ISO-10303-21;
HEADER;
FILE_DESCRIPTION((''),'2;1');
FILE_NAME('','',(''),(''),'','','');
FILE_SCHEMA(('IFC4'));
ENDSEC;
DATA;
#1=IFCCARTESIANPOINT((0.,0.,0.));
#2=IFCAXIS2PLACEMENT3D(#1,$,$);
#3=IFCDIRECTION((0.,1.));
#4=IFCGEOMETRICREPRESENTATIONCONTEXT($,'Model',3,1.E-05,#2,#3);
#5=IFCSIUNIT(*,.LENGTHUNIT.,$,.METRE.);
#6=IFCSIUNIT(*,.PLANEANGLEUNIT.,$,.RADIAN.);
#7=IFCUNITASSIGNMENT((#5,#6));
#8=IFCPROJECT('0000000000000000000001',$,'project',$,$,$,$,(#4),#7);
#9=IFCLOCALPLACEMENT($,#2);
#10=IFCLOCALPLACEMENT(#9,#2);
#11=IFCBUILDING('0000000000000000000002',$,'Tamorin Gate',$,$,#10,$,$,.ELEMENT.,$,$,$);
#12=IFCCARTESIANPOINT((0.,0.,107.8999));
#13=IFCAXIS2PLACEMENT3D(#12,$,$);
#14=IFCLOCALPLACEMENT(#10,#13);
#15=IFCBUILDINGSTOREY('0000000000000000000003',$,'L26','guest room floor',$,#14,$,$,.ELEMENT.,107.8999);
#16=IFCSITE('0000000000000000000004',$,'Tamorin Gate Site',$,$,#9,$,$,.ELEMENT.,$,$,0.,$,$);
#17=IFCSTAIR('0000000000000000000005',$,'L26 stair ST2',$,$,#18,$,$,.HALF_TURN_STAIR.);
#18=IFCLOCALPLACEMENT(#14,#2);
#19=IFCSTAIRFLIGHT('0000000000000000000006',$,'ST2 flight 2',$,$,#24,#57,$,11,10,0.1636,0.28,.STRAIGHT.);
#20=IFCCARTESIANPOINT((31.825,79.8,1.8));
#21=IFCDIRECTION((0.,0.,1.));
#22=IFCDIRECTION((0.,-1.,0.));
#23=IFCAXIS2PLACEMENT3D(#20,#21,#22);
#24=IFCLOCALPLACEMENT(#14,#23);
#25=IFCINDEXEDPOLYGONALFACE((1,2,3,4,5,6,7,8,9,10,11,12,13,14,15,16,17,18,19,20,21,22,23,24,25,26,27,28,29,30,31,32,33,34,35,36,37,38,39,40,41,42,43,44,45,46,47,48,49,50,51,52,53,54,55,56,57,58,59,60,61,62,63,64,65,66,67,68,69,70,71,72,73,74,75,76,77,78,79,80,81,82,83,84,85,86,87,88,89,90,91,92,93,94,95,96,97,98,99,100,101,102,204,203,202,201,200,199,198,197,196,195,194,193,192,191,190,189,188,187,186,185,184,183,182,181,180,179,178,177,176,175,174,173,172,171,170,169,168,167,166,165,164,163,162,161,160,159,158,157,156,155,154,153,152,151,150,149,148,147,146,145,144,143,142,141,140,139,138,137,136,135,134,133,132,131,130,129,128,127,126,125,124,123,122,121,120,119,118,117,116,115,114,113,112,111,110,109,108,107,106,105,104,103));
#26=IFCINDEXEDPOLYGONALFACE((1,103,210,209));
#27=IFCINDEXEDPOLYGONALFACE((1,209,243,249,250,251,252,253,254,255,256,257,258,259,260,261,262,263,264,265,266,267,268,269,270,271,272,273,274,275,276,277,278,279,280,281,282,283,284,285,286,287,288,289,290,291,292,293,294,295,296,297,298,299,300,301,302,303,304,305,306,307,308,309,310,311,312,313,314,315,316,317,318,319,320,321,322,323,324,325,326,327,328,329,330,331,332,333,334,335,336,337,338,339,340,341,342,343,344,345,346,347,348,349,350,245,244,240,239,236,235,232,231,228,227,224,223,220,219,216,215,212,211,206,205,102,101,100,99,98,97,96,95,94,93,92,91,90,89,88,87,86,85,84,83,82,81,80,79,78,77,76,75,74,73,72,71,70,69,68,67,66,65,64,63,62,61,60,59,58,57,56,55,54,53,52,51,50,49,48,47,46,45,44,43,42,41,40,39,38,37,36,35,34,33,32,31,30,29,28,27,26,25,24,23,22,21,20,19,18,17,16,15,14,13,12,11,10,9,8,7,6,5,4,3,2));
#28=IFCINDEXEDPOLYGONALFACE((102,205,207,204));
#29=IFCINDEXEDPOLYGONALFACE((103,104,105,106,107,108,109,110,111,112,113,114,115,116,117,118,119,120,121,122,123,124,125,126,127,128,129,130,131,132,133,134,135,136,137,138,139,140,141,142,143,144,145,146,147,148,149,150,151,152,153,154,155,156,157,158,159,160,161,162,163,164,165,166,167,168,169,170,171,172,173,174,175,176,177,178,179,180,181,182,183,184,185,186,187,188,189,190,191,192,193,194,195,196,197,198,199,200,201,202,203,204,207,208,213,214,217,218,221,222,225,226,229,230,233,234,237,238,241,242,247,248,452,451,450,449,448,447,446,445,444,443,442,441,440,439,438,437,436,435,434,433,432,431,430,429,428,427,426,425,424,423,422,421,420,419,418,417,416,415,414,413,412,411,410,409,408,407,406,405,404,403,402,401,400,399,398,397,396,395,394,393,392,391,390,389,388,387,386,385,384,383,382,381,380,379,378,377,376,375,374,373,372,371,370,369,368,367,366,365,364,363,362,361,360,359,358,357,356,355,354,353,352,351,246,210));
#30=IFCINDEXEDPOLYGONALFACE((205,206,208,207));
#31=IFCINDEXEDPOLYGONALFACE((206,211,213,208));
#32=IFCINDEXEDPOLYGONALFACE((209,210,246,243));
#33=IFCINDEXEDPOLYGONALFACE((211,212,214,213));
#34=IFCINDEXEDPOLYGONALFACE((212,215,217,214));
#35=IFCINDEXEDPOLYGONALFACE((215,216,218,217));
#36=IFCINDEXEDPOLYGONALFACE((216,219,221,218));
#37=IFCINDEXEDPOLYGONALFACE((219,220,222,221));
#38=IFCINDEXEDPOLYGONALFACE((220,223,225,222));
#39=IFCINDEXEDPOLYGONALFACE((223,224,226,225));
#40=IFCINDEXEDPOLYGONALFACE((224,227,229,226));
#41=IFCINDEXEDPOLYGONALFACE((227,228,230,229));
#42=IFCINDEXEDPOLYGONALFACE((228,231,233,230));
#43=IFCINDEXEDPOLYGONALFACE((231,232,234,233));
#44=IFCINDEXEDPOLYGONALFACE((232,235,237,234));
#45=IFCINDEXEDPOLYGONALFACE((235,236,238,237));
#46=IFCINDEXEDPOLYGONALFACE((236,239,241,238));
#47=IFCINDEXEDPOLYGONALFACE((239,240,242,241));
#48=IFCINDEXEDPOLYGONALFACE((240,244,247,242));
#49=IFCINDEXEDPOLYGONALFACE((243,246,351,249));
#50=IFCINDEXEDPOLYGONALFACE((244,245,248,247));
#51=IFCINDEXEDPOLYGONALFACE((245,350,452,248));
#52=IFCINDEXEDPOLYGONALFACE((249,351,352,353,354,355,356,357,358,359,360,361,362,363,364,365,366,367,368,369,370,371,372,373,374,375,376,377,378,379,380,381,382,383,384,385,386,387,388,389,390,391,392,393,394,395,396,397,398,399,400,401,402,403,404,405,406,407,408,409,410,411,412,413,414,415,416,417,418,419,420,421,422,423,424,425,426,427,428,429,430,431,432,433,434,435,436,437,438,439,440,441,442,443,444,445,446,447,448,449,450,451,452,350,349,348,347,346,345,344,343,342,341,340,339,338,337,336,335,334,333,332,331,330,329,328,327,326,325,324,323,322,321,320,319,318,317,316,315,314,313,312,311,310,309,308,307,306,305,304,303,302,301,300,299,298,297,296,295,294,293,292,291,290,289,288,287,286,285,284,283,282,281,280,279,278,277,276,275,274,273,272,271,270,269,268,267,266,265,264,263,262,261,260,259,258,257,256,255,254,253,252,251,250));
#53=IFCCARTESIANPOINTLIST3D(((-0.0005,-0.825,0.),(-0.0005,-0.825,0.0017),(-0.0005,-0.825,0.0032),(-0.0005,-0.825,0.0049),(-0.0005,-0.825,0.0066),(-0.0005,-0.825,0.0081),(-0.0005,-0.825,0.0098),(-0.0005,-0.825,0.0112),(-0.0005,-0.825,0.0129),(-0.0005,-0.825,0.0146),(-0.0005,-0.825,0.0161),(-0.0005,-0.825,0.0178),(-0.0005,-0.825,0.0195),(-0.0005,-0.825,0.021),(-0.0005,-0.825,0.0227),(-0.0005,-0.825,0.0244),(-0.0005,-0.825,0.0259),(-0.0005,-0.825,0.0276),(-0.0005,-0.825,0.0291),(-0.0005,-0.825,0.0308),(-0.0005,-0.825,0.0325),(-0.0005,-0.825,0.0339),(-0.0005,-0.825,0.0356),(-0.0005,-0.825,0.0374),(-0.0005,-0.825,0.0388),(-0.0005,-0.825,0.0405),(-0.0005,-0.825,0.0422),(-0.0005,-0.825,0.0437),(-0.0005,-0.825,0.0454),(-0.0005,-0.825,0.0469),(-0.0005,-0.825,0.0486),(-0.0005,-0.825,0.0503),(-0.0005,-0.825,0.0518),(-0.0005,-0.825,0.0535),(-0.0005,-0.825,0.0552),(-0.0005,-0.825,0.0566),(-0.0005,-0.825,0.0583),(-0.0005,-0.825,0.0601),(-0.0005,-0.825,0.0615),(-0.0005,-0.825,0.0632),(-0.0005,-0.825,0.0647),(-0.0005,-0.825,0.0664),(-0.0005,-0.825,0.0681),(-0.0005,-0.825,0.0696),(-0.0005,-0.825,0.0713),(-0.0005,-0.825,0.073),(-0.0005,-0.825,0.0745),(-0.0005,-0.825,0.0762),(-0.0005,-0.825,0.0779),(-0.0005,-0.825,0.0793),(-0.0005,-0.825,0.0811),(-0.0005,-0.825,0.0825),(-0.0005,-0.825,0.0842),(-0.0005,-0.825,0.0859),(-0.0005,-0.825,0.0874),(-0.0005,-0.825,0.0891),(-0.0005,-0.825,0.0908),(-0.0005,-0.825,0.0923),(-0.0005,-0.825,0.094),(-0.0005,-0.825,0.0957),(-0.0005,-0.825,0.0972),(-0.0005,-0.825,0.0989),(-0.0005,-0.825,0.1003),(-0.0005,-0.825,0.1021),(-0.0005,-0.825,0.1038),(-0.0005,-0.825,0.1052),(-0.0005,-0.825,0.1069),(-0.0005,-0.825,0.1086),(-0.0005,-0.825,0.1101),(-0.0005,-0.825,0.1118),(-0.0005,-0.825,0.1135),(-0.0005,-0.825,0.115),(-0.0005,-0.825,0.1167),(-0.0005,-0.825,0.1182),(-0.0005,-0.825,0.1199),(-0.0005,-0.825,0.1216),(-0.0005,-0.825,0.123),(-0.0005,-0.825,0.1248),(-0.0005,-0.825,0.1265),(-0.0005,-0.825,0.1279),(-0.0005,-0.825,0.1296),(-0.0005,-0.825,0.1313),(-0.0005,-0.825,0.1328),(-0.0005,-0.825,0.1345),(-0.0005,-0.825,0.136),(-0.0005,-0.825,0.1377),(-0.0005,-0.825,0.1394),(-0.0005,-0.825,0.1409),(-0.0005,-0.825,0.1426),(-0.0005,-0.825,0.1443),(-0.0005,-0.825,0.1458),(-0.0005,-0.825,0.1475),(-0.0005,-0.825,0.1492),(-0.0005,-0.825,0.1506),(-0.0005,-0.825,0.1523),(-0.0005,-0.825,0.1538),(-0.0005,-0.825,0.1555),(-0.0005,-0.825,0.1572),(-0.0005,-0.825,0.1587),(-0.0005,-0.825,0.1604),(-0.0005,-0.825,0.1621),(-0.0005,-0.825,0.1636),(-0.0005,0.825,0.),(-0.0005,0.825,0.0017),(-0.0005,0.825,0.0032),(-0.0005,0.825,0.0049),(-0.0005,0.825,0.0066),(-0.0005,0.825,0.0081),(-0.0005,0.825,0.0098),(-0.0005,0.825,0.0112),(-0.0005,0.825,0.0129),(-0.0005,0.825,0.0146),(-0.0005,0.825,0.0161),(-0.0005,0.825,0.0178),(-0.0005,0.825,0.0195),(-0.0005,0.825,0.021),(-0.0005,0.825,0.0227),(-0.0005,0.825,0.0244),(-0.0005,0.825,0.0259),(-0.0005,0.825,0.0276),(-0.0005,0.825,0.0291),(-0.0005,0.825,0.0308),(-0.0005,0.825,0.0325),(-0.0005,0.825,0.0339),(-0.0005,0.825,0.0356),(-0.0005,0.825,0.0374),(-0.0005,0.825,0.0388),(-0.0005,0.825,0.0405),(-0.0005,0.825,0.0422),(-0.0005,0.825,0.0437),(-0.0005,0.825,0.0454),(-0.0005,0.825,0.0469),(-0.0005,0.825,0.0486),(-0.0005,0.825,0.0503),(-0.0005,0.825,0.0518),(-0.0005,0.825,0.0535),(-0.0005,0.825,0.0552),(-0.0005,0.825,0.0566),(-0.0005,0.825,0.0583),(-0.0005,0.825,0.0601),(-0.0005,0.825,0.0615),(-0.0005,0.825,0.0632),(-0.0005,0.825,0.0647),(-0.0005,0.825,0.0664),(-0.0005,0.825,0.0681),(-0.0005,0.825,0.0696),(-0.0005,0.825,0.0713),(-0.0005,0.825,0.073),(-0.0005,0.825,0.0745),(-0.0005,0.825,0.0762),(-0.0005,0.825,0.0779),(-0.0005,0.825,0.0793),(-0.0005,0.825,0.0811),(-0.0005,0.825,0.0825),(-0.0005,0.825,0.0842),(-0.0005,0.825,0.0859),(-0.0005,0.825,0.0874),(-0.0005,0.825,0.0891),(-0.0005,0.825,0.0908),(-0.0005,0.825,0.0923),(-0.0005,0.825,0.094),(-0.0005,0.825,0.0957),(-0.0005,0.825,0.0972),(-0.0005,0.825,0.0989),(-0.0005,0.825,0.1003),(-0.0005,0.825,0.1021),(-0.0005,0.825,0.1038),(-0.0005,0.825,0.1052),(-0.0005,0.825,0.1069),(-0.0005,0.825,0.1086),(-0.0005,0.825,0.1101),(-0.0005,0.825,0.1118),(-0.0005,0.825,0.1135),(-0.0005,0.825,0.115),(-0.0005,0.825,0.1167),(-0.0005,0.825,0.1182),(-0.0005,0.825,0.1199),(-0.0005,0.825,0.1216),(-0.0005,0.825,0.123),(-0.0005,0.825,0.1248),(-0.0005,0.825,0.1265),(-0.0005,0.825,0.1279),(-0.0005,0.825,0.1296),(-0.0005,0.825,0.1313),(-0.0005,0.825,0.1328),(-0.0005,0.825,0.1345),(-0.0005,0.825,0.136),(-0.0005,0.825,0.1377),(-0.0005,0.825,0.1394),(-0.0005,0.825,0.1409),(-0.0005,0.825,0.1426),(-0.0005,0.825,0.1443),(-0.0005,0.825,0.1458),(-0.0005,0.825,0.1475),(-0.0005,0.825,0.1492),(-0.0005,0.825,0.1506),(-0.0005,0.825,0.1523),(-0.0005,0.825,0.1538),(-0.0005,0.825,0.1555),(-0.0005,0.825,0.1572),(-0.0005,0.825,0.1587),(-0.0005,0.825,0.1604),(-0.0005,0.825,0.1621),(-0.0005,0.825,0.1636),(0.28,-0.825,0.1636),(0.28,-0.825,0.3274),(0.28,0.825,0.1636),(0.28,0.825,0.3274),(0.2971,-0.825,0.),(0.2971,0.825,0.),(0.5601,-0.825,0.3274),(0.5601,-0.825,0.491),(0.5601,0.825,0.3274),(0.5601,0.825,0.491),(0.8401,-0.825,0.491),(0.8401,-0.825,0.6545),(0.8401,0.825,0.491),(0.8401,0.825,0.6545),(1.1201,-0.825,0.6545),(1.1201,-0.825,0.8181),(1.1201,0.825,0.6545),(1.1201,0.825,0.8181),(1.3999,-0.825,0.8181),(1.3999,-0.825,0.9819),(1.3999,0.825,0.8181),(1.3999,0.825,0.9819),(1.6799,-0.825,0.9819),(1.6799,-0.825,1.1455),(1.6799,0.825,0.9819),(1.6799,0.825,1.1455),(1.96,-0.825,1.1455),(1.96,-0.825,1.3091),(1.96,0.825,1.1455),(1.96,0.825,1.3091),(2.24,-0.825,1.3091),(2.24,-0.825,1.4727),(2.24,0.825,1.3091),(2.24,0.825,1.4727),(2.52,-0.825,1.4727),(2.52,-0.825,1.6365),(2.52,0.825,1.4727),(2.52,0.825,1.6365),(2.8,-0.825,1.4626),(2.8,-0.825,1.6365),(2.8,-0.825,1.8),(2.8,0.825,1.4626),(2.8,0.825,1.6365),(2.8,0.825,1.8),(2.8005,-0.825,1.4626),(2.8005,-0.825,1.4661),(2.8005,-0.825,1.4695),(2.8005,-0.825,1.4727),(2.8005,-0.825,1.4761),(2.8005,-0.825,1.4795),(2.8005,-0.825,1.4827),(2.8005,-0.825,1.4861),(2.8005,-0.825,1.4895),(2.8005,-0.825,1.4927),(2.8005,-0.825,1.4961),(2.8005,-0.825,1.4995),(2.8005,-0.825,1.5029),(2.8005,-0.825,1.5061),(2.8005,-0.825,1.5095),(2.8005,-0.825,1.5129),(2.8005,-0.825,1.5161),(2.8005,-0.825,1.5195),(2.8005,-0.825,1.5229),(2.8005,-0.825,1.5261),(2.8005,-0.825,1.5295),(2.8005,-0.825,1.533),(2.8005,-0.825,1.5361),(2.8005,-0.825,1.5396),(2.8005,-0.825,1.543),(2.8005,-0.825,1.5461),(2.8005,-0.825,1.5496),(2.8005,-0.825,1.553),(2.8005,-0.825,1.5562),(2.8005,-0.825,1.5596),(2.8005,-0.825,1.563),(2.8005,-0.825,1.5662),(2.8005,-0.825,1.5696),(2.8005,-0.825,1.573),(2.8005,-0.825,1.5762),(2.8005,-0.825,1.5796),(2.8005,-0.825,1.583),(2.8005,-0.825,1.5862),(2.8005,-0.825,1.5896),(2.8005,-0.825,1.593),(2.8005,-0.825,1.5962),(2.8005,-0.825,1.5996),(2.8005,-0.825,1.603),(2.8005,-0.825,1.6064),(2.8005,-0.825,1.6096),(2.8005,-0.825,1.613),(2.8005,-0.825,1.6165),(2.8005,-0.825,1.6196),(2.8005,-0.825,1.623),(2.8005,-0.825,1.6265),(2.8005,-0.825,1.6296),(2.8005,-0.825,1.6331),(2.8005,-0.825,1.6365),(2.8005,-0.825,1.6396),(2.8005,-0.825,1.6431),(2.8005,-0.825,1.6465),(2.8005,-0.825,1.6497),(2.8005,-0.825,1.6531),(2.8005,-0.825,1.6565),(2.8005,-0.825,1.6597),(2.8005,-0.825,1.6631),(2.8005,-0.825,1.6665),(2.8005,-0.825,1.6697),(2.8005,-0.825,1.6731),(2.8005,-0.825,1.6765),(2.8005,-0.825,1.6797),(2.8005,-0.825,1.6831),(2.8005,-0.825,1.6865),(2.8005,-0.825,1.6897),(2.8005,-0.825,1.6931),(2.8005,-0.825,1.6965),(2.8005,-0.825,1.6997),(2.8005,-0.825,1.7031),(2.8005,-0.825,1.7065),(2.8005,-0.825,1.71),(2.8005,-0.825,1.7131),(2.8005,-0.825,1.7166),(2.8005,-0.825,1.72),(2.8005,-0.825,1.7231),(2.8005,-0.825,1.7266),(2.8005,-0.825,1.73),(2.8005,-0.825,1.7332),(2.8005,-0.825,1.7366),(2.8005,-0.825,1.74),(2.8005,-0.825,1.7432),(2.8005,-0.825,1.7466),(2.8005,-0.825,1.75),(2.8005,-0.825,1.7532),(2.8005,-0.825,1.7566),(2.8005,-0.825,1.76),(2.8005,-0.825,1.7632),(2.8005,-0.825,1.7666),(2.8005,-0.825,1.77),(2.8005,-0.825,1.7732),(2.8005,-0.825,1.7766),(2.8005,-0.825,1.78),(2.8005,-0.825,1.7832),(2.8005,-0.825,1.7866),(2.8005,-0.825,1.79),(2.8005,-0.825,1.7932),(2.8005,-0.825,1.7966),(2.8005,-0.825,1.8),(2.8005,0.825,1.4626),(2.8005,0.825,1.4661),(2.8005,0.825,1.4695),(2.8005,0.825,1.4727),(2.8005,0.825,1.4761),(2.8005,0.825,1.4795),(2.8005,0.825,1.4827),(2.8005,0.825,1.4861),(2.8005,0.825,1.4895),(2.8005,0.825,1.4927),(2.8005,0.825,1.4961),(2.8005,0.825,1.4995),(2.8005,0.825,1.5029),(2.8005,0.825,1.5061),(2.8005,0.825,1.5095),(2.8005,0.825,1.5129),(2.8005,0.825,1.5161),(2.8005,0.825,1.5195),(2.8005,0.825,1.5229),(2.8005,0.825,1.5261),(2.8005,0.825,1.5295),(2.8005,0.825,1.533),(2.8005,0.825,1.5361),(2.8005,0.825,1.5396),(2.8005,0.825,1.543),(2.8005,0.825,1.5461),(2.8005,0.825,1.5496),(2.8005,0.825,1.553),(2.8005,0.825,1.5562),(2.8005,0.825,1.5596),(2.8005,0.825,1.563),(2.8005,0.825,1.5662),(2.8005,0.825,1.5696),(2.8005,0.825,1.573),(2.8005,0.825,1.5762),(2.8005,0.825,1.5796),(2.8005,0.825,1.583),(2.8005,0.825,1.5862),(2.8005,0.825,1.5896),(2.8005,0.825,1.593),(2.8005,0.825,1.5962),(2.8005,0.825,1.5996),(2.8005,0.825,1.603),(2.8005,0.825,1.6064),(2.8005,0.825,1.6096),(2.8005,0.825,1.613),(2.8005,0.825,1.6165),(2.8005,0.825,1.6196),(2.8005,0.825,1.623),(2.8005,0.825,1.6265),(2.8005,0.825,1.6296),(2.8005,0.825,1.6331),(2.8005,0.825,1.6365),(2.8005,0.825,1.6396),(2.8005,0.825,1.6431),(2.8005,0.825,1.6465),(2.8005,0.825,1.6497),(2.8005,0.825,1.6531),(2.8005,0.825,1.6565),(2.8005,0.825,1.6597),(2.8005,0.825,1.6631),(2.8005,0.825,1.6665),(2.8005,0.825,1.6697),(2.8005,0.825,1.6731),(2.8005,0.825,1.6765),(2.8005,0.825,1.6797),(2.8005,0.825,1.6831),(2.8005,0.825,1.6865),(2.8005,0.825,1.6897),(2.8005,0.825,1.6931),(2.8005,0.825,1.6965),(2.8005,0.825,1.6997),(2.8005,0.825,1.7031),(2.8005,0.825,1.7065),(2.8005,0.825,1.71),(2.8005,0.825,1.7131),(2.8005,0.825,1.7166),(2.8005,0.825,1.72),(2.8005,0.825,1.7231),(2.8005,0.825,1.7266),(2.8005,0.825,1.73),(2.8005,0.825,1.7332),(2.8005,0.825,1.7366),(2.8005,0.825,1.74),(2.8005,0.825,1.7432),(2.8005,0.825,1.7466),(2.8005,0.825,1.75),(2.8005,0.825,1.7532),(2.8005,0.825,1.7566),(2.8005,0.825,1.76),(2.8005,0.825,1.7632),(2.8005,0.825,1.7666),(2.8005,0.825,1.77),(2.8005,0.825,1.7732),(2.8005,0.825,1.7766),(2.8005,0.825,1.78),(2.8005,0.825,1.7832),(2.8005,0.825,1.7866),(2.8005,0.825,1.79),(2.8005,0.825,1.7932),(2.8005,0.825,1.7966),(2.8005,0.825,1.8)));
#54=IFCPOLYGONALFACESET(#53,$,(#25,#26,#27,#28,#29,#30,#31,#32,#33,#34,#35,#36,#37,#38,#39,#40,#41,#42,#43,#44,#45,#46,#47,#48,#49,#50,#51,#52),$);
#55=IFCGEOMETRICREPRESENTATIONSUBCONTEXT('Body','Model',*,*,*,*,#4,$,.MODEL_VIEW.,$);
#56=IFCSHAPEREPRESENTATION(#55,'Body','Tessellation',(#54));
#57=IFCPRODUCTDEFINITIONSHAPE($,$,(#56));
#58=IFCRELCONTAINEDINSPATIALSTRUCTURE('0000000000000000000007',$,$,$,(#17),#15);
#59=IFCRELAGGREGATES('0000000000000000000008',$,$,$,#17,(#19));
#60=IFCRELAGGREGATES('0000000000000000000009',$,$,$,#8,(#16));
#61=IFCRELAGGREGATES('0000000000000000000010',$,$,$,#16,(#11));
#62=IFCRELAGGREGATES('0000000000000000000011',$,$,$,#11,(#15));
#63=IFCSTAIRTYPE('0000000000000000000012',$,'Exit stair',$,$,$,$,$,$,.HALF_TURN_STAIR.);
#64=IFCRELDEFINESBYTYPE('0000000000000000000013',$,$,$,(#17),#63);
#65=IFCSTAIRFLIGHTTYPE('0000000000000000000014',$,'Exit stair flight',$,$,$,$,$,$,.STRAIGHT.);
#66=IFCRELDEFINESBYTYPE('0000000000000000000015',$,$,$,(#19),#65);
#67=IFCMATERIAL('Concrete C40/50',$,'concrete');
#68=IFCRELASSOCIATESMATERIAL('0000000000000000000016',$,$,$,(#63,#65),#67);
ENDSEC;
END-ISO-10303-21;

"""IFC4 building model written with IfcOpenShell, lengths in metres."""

from ifc_helpers import new_model, si_unit, direction, frame, origin, place, context, subcontext, project, spatial, polyline, outline, extrude, material, type_object, element, aggregate, save


model = new_model("IFC4")

# Units and contexts
model_context = context("Model", 3, precision=1e-05, world=origin(), true_north=direction((0.0, 1.0)))
body_context = subcontext(model_context, "Body", "Model", "MODEL_VIEW")
ifc_project = project(units=[si_unit("LENGTHUNIT", "METRE"), si_unit("PLANEANGLEUNIT", "RADIAN")], contexts=[model_context])

# Site, building, storey
site_placement = place(None, origin())
site = spatial("IfcSite", under=ifc_project, at=site_placement, Name="Tamorin Gate Site", CompositionType="ELEMENT", RefElevation=0.0)
building_placement = place(site_placement, origin())
building = spatial("IfcBuilding", under=site, at=building_placement, Name="Tamorin Gate", CompositionType="ELEMENT")
storey_placement = place(building_placement, frame((0.0, 0.0, 107.8999)))
storey = spatial("IfcBuildingStorey", under=building, at=storey_placement, Name="L26", Description="guest room floor", CompositionType="ELEMENT", Elevation=107.8999)

# Shared definitions
ifc_material_1 = material(Name="Concrete C40/50", Category="concrete")

# Stair, stair flight
stair_type = type_object("IfcStairType", Name="Exit stair", PredefinedType="HALF_TURN_STAIR", material=ifc_material_1)
stair_placement = place(storey_placement, origin())
stair = element("IfcStair", 1, at=stair_placement, inside=storey, type_object=stair_type, Name="L26 stair ST2", PredefinedType="HALF_TURN_STAIR")
stair_flight_type = type_object("IfcStairFlightType", Name="Exit stair flight", PredefinedType="STRAIGHT", material=ifc_material_1)
stair_flight_1_placement = place(storey_placement, frame((31.825, 79.8, 1.8), z_axis=(0.0, 0.0, 1.0), x_axis=(0.0, -1.0, 0.0)))
stair_flight_1 = element("IfcStairFlight", 2, at=stair_flight_1_placement, type_object=stair_flight_type, Name="ST2 flight 2", NumberOfRisers=11, NumberOfTreads=10, PredefinedType="STRAIGHT", RiserHeight=0.1636, TreadLength=0.28, context=body_context, shape_type="SweptSolid", body=[
    extrude(outline(polyline([(-0.0005, 0.0), (-0.0005, 0.0017), (-0.0005, 0.0032), (-0.0005, 0.0049), (-0.0005, 0.0066), (-0.0005, 0.0081), (-0.0005, 0.0098), (-0.0005, 0.0112), (-0.0005, 0.0129), (-0.0005, 0.0146), (-0.0005, 0.0161), (-0.0005, 0.0178), (-0.0005, 0.0195), (-0.0005, 0.021), (-0.0005, 0.0227), (-0.0005, 0.0244), (-0.0005, 0.0259), (-0.0005, 0.0276), (-0.0005, 0.0291), (-0.0005, 0.0308), (-0.0005, 0.0325), (-0.0005, 0.0339), (-0.0005, 0.0356), (-0.0005, 0.0374), (-0.0005, 0.0388), (-0.0005, 0.0405), (-0.0005, 0.0422), (-0.0005, 0.0437), (-0.0005, 0.0454), (-0.0005, 0.0469), (-0.0005, 0.0486), (-0.0005, 0.0503), (-0.0005, 0.0518), (-0.0005, 0.0535), (-0.0005, 0.0552), (-0.0005, 0.0566), (-0.0005, 0.0583), (-0.0005, 0.0601), (-0.0005, 0.0615), (-0.0005, 0.0632), (-0.0005, 0.0647), (-0.0005, 0.0664), (-0.0005, 0.0681), (-0.0005, 0.0696), (-0.0005, 0.0713), (-0.0005, 0.073), (-0.0005, 0.0745), (-0.0005, 0.0762), (-0.0005, 0.0779), (-0.0005, 0.0793), (-0.0005, 0.0811), (-0.0005, 0.0825), (-0.0005, 0.0842), (-0.0005, 0.0859), (-0.0005, 0.0874), (-0.0005, 0.0891), (-0.0005, 0.0908), (-0.0005, 0.0923), (-0.0005, 0.094), (-0.0005, 0.0957), (-0.0005, 0.0972), (-0.0005, 0.0989), (-0.0005, 0.1003), (-0.0005, 0.1021), (-0.0005, 0.1038), (-0.0005, 0.1052), (-0.0005, 0.1069), (-0.0005, 0.1086), (-0.0005, 0.1101), (-0.0005, 0.1118), (-0.0005, 0.1135), (-0.0005, 0.115), (-0.0005, 0.1167), (-0.0005, 0.1182), (-0.0005, 0.1199), (-0.0005, 0.1216), (-0.0005, 0.123), (-0.0005, 0.1248), (-0.0005, 0.1265), (-0.0005, 0.1279), (-0.0005, 0.1296), (-0.0005, 0.1313), (-0.0005, 0.1328), (-0.0005, 0.1345), (-0.0005, 0.136), (-0.0005, 0.1377), (-0.0005, 0.1394), (-0.0005, 0.1409), (-0.0005, 0.1426), (-0.0005, 0.1443), (-0.0005, 0.1458), (-0.0005, 0.1475), (-0.0005, 0.1492), (-0.0005, 0.1506), (-0.0005, 0.1523), (-0.0005, 0.1538), (-0.0005, 0.1555), (-0.0005, 0.1572), (-0.0005, 0.1587), (-0.0005, 0.1604), (-0.0005, 0.1621), (-0.0005, 0.1636), (0.28, 0.1636), (0.28, 0.3274), (0.5601, 0.3274), (0.5601, 0.491), (0.8401, 0.491), (0.8401, 0.6545), (1.1201, 0.6545), (1.1201, 0.8181), (1.3999, 0.8181), (1.3999, 0.9819), (1.6799, 0.9819), (1.6799, 1.1455), (1.96, 1.1455), (1.96, 1.3091), (2.24, 1.3091), (2.24, 1.4727), (2.52, 1.4727), (2.52, 1.6365), (2.8, 1.6365), (2.8, 1.8), (2.8005, 1.8), (2.8005, 1.7966), (2.8005, 1.7932), (2.8005, 1.79), (2.8005, 1.7866), (2.8005, 1.7832), (2.8005, 1.78), (2.8005, 1.7766), (2.8005, 1.7732), (2.8005, 1.77), (2.8005, 1.7666), (2.8005, 1.7632), (2.8005, 1.76), (2.8005, 1.7566), (2.8005, 1.7532), (2.8005, 1.75), (2.8005, 1.7466), (2.8005, 1.7432), (2.8005, 1.74), (2.8005, 1.7366), (2.8005, 1.7332), (2.8005, 1.73), (2.8005, 1.7266), (2.8005, 1.7231), (2.8005, 1.72), (2.8005, 1.7166), (2.8005, 1.7131), (2.8005, 1.71), (2.8005, 1.7065), (2.8005, 1.7031), (2.8005, 1.6997), (2.8005, 1.6965), (2.8005, 1.6931), (2.8005, 1.6897), (2.8005, 1.6865), (2.8005, 1.6831), (2.8005, 1.6797), (2.8005, 1.6765), (2.8005, 1.6731), (2.8005, 1.6697), (2.8005, 1.6665), (2.8005, 1.6631), (2.8005, 1.6597), (2.8005, 1.6565), (2.8005, 1.6531), (2.8005, 1.6497), (2.8005, 1.6465), (2.8005, 1.6431), (2.8005, 1.6396), (2.8005, 1.6365), (2.8005, 1.6331), (2.8005, 1.6296), (2.8005, 1.6265), (2.8005, 1.623), (2.8005, 1.6196), (2.8005, 1.6165), (2.8005, 1.613), (2.8005, 1.6096), (2.8005, 1.6064), (2.8005, 1.603), (2.8005, 1.5996), (2.8005, 1.5962), (2.8005, 1.593), (2.8005, 1.5896), (2.8005, 1.5862), (2.8005, 1.583), (2.8005, 1.5796), (2.8005, 1.5762), (2.8005, 1.573), (2.8005, 1.5696), (2.8005, 1.5662), (2.8005, 1.563), (2.8005, 1.5596), (2.8005, 1.5562), (2.8005, 1.553), (2.8005, 1.5496), (2.8005, 1.5461), (2.8005, 1.543), (2.8005, 1.5396), (2.8005, 1.5361), (2.8005, 1.533), (2.8005, 1.5295), (2.8005, 1.5261), (2.8005, 1.5229), (2.8005, 1.5195), (2.8005, 1.5161), (2.8005, 1.5129), (2.8005, 1.5095), (2.8005, 1.5061), (2.8005, 1.5029), (2.8005, 1.4995), (2.8005, 1.4961), (2.8005, 1.4927), (2.8005, 1.4895), (2.8005, 1.4861), (2.8005, 1.4827), (2.8005, 1.4795), (2.8005, 1.4761), (2.8005, 1.4727), (2.8005, 1.4695), (2.8005, 1.4661), (2.8005, 1.4626), (2.8, 1.4626), (0.2971, 0.0), (-0.0005, 0.0)])), frame((0.0, 0.825, 0.0), z_axis=(0.0, -1.0, 0.0), x_axis=(1.0, 0.0, 0.0)), (0.0, 0.0, 1.0), 1.6499),
])
aggregate(stair, [stair_flight_1])

save(model, "model.ifc")
